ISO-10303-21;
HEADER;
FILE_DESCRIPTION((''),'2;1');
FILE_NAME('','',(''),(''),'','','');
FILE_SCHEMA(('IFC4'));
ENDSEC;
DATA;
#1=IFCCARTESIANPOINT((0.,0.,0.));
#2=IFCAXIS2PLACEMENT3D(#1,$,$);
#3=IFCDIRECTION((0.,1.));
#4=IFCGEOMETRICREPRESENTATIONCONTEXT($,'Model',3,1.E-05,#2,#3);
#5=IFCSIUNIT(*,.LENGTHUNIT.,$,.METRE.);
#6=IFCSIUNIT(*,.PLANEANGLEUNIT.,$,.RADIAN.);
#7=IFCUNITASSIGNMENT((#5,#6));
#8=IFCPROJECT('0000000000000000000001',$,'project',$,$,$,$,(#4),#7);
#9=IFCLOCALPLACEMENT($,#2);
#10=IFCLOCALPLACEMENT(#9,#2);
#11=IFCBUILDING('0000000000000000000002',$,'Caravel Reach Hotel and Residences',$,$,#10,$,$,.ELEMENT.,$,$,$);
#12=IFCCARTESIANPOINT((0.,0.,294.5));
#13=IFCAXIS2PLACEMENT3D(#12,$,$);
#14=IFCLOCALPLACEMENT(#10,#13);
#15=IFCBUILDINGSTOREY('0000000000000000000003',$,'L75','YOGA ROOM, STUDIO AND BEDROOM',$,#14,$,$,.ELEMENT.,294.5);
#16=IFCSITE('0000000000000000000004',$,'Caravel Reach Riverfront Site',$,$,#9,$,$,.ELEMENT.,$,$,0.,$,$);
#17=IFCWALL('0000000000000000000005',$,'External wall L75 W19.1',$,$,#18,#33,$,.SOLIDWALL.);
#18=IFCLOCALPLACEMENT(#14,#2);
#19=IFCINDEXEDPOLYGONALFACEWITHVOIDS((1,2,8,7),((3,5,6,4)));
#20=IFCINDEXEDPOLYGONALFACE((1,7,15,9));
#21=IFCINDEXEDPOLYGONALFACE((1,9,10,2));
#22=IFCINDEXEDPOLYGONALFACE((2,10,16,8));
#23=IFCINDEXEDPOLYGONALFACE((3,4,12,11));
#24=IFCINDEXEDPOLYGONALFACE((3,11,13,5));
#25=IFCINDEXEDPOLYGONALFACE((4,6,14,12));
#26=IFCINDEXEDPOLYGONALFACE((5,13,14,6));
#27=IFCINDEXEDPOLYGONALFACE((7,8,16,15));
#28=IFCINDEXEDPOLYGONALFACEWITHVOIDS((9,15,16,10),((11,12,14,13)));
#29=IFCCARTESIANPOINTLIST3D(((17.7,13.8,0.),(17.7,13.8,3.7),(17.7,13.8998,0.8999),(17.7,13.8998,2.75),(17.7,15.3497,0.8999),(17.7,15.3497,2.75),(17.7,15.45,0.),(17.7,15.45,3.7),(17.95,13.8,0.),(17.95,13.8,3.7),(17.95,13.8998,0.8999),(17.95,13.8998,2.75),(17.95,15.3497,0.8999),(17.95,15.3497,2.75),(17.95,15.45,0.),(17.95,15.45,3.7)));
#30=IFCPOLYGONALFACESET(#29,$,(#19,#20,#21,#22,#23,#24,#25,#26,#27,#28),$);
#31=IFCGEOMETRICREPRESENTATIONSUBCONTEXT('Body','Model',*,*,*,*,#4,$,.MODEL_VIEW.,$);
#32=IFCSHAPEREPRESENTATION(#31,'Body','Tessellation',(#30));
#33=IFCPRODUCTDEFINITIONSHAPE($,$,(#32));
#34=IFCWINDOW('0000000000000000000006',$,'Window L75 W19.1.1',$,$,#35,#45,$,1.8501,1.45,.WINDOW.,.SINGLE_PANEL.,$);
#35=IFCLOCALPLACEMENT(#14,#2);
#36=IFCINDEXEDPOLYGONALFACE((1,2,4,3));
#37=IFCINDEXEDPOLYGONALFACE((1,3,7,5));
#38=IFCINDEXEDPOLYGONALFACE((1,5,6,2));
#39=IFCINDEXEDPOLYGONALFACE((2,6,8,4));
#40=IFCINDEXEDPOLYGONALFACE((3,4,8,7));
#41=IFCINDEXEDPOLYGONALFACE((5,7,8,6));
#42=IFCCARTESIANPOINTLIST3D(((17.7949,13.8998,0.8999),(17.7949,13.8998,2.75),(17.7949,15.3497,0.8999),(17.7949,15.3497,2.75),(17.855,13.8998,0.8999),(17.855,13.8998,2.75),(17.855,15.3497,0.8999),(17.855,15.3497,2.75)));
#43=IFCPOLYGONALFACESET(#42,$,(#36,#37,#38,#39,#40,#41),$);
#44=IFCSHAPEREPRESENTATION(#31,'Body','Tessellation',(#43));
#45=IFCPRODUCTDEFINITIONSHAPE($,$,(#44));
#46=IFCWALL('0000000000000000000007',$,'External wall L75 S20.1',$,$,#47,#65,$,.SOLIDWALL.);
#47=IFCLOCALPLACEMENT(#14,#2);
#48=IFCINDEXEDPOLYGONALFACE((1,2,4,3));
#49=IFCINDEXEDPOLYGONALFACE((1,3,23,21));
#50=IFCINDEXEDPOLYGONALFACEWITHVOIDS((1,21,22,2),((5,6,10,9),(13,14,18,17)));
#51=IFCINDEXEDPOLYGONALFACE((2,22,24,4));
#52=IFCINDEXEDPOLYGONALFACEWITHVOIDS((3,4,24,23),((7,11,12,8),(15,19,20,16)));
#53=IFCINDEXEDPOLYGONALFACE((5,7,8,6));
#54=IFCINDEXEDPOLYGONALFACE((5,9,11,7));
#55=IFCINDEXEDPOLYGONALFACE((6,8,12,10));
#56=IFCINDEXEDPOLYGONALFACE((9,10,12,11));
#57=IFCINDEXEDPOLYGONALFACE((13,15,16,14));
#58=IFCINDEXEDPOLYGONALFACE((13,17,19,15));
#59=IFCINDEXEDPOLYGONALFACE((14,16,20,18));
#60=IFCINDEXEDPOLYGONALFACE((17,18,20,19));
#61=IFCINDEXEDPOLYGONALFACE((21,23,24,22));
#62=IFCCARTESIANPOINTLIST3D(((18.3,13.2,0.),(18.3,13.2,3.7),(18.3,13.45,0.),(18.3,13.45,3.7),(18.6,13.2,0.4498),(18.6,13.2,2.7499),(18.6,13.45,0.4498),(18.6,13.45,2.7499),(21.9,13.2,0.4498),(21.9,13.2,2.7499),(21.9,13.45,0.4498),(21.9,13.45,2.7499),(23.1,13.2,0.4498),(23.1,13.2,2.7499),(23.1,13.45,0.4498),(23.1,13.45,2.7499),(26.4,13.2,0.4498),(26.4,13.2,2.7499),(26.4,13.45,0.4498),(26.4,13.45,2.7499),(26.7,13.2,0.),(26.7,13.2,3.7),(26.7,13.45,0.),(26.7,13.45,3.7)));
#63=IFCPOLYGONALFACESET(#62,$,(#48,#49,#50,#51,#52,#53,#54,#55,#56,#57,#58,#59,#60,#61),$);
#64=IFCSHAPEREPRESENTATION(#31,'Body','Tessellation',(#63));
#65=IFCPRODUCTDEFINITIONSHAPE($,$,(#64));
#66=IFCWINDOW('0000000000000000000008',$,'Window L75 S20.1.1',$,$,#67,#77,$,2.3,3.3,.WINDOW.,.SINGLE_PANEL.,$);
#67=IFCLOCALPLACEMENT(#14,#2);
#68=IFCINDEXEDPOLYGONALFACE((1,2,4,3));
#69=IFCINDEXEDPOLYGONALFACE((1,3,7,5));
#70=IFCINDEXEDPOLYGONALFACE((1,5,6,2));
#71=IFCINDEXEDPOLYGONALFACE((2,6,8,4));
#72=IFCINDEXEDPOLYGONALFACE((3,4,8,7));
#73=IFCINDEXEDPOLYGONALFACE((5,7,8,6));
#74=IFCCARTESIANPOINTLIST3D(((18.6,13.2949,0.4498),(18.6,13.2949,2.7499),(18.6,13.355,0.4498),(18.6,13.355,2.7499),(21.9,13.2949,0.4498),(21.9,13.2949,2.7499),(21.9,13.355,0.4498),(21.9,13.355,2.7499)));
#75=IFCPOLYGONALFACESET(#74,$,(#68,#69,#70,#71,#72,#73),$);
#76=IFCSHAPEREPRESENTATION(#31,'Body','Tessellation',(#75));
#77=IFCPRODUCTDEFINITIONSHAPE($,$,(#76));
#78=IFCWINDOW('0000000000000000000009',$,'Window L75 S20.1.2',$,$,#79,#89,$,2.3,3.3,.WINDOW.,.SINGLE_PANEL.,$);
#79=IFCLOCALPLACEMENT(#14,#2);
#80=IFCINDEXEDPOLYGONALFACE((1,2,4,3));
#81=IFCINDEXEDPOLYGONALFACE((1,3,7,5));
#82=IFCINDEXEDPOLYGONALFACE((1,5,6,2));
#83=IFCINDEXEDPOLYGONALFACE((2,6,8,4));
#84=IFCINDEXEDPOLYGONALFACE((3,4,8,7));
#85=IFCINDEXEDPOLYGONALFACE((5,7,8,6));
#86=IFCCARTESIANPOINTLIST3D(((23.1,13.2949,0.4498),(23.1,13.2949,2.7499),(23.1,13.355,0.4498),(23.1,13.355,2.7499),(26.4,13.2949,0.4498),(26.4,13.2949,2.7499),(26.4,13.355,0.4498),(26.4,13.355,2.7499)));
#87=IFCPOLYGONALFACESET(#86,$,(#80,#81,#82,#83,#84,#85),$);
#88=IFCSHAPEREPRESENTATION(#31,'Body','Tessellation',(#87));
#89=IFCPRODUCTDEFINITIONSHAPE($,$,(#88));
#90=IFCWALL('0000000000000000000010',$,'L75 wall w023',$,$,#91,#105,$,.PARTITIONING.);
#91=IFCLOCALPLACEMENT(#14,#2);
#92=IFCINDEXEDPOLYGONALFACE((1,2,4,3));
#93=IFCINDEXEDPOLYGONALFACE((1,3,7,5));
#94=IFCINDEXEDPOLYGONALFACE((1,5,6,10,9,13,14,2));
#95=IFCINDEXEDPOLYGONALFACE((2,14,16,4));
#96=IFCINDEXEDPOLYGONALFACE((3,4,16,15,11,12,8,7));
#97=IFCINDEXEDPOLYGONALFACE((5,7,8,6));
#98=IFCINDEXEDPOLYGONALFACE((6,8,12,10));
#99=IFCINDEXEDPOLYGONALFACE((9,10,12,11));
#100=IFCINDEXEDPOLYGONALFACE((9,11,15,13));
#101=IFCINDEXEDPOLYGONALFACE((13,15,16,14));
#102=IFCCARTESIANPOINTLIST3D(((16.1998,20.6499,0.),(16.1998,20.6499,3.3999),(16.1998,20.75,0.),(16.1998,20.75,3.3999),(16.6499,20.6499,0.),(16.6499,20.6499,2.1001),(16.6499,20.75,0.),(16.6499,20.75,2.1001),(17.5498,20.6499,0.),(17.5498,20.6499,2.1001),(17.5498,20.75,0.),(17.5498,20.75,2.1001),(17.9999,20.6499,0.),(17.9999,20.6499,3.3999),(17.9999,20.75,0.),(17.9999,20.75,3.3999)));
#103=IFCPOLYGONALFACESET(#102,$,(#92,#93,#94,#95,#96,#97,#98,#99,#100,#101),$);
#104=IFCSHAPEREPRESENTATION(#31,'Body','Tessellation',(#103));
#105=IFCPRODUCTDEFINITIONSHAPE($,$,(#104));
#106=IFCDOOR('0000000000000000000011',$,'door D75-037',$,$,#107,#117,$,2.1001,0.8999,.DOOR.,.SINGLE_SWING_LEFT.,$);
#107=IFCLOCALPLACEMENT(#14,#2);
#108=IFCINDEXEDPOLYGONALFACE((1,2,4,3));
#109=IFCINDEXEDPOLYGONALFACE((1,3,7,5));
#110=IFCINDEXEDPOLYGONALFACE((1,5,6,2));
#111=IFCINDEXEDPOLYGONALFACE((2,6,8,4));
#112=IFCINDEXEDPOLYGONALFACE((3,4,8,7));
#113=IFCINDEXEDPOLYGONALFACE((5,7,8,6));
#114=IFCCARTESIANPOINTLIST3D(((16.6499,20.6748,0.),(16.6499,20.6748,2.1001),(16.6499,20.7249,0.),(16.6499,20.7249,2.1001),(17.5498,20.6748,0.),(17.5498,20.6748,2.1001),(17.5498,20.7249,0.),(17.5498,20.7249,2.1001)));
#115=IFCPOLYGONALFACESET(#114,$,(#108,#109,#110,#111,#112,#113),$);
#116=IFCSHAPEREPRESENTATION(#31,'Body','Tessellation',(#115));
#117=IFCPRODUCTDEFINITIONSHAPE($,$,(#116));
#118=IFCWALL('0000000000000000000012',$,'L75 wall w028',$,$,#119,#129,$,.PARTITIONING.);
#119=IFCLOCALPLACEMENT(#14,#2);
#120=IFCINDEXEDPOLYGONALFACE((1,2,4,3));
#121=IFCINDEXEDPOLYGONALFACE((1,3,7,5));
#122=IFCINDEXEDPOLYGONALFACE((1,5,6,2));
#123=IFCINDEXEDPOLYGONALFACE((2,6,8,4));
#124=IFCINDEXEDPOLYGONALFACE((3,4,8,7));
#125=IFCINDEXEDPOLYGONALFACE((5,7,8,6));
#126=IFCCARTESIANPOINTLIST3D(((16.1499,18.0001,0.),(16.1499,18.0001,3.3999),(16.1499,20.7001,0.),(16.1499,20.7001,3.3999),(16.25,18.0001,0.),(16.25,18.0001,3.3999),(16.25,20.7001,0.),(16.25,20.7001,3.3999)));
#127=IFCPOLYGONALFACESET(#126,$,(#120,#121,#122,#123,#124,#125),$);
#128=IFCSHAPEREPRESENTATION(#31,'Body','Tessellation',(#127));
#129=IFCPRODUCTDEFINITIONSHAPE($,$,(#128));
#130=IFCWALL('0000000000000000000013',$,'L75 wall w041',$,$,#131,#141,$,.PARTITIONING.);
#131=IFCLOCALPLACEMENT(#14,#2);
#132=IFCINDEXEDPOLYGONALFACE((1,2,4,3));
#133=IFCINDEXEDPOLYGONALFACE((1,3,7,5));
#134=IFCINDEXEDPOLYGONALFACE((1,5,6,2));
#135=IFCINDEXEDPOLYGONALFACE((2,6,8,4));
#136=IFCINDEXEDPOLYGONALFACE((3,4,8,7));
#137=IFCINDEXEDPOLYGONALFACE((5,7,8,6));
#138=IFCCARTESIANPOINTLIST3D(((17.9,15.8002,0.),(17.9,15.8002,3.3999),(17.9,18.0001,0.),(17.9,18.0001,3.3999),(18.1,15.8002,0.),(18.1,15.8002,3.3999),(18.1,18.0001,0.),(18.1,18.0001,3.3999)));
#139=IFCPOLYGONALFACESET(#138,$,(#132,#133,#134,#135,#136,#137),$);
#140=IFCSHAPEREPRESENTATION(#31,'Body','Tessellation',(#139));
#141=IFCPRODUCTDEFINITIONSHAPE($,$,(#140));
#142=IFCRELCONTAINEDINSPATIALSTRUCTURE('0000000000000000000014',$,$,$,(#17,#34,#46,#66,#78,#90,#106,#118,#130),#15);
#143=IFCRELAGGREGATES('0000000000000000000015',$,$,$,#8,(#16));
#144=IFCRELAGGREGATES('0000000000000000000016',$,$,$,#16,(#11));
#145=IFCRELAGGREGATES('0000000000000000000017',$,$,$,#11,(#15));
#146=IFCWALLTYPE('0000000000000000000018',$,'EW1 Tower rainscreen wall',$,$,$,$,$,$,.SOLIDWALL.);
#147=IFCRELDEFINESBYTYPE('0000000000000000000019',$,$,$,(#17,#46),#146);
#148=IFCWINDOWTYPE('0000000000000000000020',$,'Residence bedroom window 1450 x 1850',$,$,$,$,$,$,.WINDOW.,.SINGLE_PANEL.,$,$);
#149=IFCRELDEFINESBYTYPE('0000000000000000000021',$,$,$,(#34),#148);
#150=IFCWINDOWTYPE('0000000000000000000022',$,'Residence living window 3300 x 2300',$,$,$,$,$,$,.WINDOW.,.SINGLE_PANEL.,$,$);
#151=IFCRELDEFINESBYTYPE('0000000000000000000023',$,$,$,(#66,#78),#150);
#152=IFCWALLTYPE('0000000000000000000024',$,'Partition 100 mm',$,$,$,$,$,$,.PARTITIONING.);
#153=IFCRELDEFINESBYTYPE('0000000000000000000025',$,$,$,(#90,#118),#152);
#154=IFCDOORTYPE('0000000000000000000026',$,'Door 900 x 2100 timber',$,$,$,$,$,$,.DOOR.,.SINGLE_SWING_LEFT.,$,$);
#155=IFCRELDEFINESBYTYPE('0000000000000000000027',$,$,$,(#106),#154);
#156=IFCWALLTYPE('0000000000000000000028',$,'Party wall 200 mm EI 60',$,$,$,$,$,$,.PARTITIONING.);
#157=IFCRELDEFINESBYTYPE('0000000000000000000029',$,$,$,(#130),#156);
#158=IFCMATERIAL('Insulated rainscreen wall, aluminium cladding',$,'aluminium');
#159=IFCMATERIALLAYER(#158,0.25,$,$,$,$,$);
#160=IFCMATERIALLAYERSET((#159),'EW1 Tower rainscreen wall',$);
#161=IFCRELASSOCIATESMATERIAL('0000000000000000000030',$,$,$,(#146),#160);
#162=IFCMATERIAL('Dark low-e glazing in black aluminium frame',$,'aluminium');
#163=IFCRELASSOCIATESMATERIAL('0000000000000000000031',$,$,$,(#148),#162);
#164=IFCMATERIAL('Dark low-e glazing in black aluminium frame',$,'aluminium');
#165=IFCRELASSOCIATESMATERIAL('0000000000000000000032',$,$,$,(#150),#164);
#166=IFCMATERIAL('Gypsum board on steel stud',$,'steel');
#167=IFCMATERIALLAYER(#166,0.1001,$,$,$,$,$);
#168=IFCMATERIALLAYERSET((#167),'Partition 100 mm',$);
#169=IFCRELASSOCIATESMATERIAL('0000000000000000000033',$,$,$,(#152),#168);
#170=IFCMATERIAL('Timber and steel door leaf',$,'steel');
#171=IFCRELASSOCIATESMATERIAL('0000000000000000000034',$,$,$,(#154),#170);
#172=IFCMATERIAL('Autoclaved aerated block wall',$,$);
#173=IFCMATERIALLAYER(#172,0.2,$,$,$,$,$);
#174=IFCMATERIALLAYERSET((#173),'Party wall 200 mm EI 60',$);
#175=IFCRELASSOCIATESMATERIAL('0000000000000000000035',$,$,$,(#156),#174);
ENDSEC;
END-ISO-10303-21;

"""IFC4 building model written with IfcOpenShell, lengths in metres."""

from ifc_helpers import new_model, si_unit, direction, frame, frame_2d, origin, place, context, subcontext, project, spatial, rectangle, extrude, material, layer, layer_set, type_object, element, fill, save


model = new_model("IFC4")

# Units and contexts
model_context = context("Model", 3, precision=1e-05, world=origin(), true_north=direction((0.0, 1.0)))
body_context = subcontext(model_context, "Body", "Model", "MODEL_VIEW")
ifc_project = project(units=[si_unit("LENGTHUNIT", "METRE"), si_unit("PLANEANGLEUNIT", "RADIAN")], contexts=[model_context])

# Site, building, storey
site_placement = place(None, origin())
site = spatial("IfcSite", under=ifc_project, at=site_placement, Name="Caravel Reach Riverfront Site", CompositionType="ELEMENT", RefElevation=0.0)
building_placement = place(site_placement, origin())
building = spatial("IfcBuilding", under=site, at=building_placement, Name="Caravel Reach Hotel and Residences", CompositionType="ELEMENT")
storey_placement = place(building_placement, frame((0.0, 0.0, 294.5)))
storey = spatial("IfcBuildingStorey", under=building, at=storey_placement, Name="L75", Description="YOGA ROOM, STUDIO AND BEDROOM", CompositionType="ELEMENT", Elevation=294.5)

# Wall, opening, window
ifc_material_1 = material(Name="Insulated rainscreen wall, aluminium cladding", Category="aluminium")
ifc_layer_1 = layer(ifc_material_1, 0.25)
ifc_layer_set_1 = layer_set([ifc_layer_1], Name="EW1 Tower rainscreen wall")
wall_type_1 = type_object("IfcWallType", Name="EW1 Tower rainscreen wall", PredefinedType="SOLIDWALL", material=ifc_layer_set_1)
wall_1_placement = place(storey_placement, frame((17.825, 15.45, 0.0), z_axis=(0.0, 0.0, 1.0), x_axis=(0.0, -1.0, 0.0)))
wall_1 = element("IfcWall", 1, at=wall_1_placement, inside=storey, type_object=wall_type_1, Name="External wall L75 W19.1", PredefinedType="SOLIDWALL", context=body_context, shape_type="SweptSolid", body=[
    extrude(rectangle(XDim=1.6499, YDim=0.25, at=frame_2d((0.825, 0.0))), origin(), (0.0, 0.0, 1.0), 3.7),
])
opening_1_placement = place(wall_1_placement, frame((0.1001, 0.0, 0.8999)))
opening_1 = element("IfcOpeningElement", 2, at=opening_1_placement, cuts=wall_1, PredefinedType="OPENING", context=body_context, shape_type="SweptSolid", body=[
    extrude(rectangle(XDim=1.45, YDim=1.8501, at=frame_2d((0.7251, 0.925))), frame((0.0, 0.135, 0.0), z_axis=(0.0, -1.0, 0.0), x_axis=(1.0, 0.0, 0.0)), (0.0, 0.0, 1.0), 0.27),
])
ifc_material_2 = material(Name="Dark low-e glazing in black aluminium frame", Category="aluminium")
window_type_1 = type_object("IfcWindowType", Name="Residence bedroom window 1450 x 1850", PartitioningType="SINGLE_PANEL", PredefinedType="WINDOW", material=ifc_material_2)
window_1_placement = place(opening_1_placement, origin())
window_1 = element("IfcWindow", 3, at=window_1_placement, inside=storey, type_object=window_type_1, Name="Window L75 W19.1.1", OverallHeight=1.8501, OverallWidth=1.45, PartitioningType="SINGLE_PANEL", PredefinedType="WINDOW", context=body_context, shape_type="SweptSolid", body=[
    extrude(rectangle(XDim=1.45, YDim=1.8501, at=frame_2d((0.7251, 0.925))), frame((0.0, 0.03, 0.0), z_axis=(0.0, -1.0, 0.0), x_axis=(1.0, 0.0, 0.0)), (0.0, 0.0, 1.0), 0.0601),
])
fill(opening_1, window_1)

# Wall, openings, windows
wall_2_placement = place(storey_placement, frame((18.3, 13.325, 0.0), z_axis=(0.0, 0.0, 1.0), x_axis=(1.0, 0.0, 0.0)))
wall_2 = element("IfcWall", 4, at=wall_2_placement, inside=storey, type_object=wall_type_1, Name="External wall L75 S20.1", PredefinedType="SOLIDWALL", context=body_context, shape_type="SweptSolid", body=[
    extrude(rectangle(XDim=8.3999, YDim=0.25, at=frame_2d((4.2, 0.0))), origin(), (0.0, 0.0, 1.0), 3.7),
])
opening_2_placement = place(wall_2_placement, frame((0.3, 0.0, 0.45)))
opening_2 = element("IfcOpeningElement", 5, at=opening_2_placement, cuts=wall_2, PredefinedType="OPENING", context=body_context, shape_type="SweptSolid", body=[
    extrude(rectangle(XDim=3.3, YDim=2.3, at=frame_2d((1.6499, 1.1499))), frame((0.0, 0.135, 0.0), z_axis=(0.0, -1.0, 0.0), x_axis=(1.0, 0.0, 0.0)), (0.0, 0.0, 1.0), 0.27),
])
opening_3_placement = place(wall_2_placement, frame((4.8, 0.0, 0.45)))
opening_3 = element("IfcOpeningElement", 6, at=opening_3_placement, cuts=wall_2, PredefinedType="OPENING", context=body_context, shape_type="SweptSolid", body=[
    extrude(rectangle(XDim=3.3, YDim=2.3, at=frame_2d((1.6499, 1.1499))), frame((0.0, 0.135, 0.0), z_axis=(0.0, -1.0, 0.0), x_axis=(1.0, 0.0, 0.0)), (0.0, 0.0, 1.0), 0.27),
])
ifc_material_3 = material(Name="Dark low-e glazing in black aluminium frame", Category="aluminium")
window_type_2 = type_object("IfcWindowType", Name="Residence living window 3300 x 2300", PartitioningType="SINGLE_PANEL", PredefinedType="WINDOW", material=ifc_material_3)
window_2_placement = place(opening_2_placement, origin())
window_2 = element("IfcWindow", 7, at=window_2_placement, inside=storey, type_object=window_type_2, Name="Window L75 S20.1.1", OverallHeight=2.3, OverallWidth=3.3, PartitioningType="SINGLE_PANEL", PredefinedType="WINDOW", context=body_context, shape_type="SweptSolid", body=[
    extrude(rectangle(XDim=3.3, YDim=2.3, at=frame_2d((1.6499, 1.1499))), frame((0.0, 0.03, 0.0), z_axis=(0.0, -1.0, 0.0), x_axis=(1.0, 0.0, 0.0)), (0.0, 0.0, 1.0), 0.0601),
])
fill(opening_2, window_2)
window_3_placement = place(opening_3_placement, origin())
window_3 = element("IfcWindow", 8, at=window_3_placement, inside=storey, type_object=window_type_2, Name="Window L75 S20.1.2", OverallHeight=2.3, OverallWidth=3.3, PartitioningType="SINGLE_PANEL", PredefinedType="WINDOW", context=body_context, shape_type="SweptSolid", body=[
    extrude(rectangle(XDim=3.3, YDim=2.3, at=frame_2d((1.6499, 1.1499))), frame((0.0, 0.03, 0.0), z_axis=(0.0, -1.0, 0.0), x_axis=(1.0, 0.0, 0.0)), (0.0, 0.0, 1.0), 0.0601),
])
fill(opening_3, window_3)

# Wall, opening, door
ifc_material_4 = material(Name="Gypsum board on steel stud", Category="steel")
ifc_layer_2 = layer(ifc_material_4, 0.1001)
ifc_layer_set_2 = layer_set([ifc_layer_2], Name="Partition 100 mm")
wall_type_2 = type_object("IfcWallType", Name="Partition 100 mm", PredefinedType="PARTITIONING", material=ifc_layer_set_2)
wall_3_placement = place(storey_placement, frame((16.2, 20.7, 0.0), z_axis=(0.0, 0.0, 1.0), x_axis=(1.0, 0.0, 0.0)))
wall_3 = element("IfcWall", 9, at=wall_3_placement, inside=storey, type_object=wall_type_2, Name="L75 wall w023", PredefinedType="PARTITIONING", context=body_context, shape_type="SweptSolid", body=[
    extrude(rectangle(XDim=1.8, YDim=0.1001, at=frame_2d((0.8999, 0.0))), origin(), (0.0, 0.0, 1.0), 3.3999),
])
opening_4_placement = place(wall_3_placement, frame((0.45, 0.0, 0.0)))
opening_4 = element("IfcOpeningElement", 10, at=opening_4_placement, cuts=wall_3, PredefinedType="OPENING", context=body_context, shape_type="SweptSolid", body=[
    extrude(rectangle(XDim=0.8999, YDim=2.1001, at=frame_2d((0.45, 1.05))), frame((0.0, 0.0601, 0.0), z_axis=(0.0, -1.0, 0.0), x_axis=(1.0, 0.0, 0.0)), (0.0, 0.0, 1.0), 0.1201),
])
ifc_material_5 = material(Name="Timber and steel door leaf", Category="steel")
door_type = type_object("IfcDoorType", Name="Door 900 x 2100 timber", OperationType="SINGLE_SWING_LEFT", PredefinedType="DOOR", material=ifc_material_5)
door_placement = place(opening_4_placement, origin())
door = element("IfcDoor", 11, at=door_placement, inside=storey, type_object=door_type, Name="door D75-037", OperationType="SINGLE_SWING_LEFT", OverallHeight=2.1001, OverallWidth=0.8999, PredefinedType="DOOR", context=body_context, shape_type="SweptSolid", body=[
    extrude(rectangle(XDim=0.8999, YDim=2.1001, at=frame_2d((0.45, 1.05))), frame((0.0, 0.0249, 0.0), z_axis=(0.0, -1.0, 0.0), x_axis=(1.0, 0.0, 0.0)), (0.0, 0.0, 1.0), 0.05),
])
fill(opening_4, door)

# Walls
wall_4_placement = place(storey_placement, frame((16.2, 18.0, 0.0), z_axis=(0.0, 0.0, 1.0), x_axis=(0.0, 1.0, 0.0)))
element("IfcWall", 12, at=wall_4_placement, inside=storey, type_object=wall_type_2, Name="L75 wall w028", PredefinedType="PARTITIONING", context=body_context, shape_type="SweptSolid", body=[
    extrude(rectangle(XDim=2.7, YDim=0.1001, at=frame_2d((1.3501, 0.0))), origin(), (0.0, 0.0, 1.0), 3.3999),
])
ifc_material_6 = material(Name="Autoclaved aerated block wall")
ifc_layer_3 = layer(ifc_material_6, 0.2)
ifc_layer_set_3 = layer_set([ifc_layer_3], Name="Party wall 200 mm EI 60")
wall_type_3 = type_object("IfcWallType", Name="Party wall 200 mm EI 60", PredefinedType="PARTITIONING", material=ifc_layer_set_3)
wall_5_placement = place(storey_placement, frame((18.0, 15.8, 0.0), z_axis=(0.0, 0.0, 1.0), x_axis=(0.0, 1.0, 0.0)))
element("IfcWall", 13, at=wall_5_placement, inside=storey, type_object=wall_type_3, Name="L75 wall w041", PredefinedType="PARTITIONING", context=body_context, shape_type="SweptSolid", body=[
    extrude(rectangle(XDim=2.2, YDim=0.2, at=frame_2d((1.1001, 0.0))), origin(), (0.0, 0.0, 1.0), 3.3999),
])

save(model, "model.ifc")
